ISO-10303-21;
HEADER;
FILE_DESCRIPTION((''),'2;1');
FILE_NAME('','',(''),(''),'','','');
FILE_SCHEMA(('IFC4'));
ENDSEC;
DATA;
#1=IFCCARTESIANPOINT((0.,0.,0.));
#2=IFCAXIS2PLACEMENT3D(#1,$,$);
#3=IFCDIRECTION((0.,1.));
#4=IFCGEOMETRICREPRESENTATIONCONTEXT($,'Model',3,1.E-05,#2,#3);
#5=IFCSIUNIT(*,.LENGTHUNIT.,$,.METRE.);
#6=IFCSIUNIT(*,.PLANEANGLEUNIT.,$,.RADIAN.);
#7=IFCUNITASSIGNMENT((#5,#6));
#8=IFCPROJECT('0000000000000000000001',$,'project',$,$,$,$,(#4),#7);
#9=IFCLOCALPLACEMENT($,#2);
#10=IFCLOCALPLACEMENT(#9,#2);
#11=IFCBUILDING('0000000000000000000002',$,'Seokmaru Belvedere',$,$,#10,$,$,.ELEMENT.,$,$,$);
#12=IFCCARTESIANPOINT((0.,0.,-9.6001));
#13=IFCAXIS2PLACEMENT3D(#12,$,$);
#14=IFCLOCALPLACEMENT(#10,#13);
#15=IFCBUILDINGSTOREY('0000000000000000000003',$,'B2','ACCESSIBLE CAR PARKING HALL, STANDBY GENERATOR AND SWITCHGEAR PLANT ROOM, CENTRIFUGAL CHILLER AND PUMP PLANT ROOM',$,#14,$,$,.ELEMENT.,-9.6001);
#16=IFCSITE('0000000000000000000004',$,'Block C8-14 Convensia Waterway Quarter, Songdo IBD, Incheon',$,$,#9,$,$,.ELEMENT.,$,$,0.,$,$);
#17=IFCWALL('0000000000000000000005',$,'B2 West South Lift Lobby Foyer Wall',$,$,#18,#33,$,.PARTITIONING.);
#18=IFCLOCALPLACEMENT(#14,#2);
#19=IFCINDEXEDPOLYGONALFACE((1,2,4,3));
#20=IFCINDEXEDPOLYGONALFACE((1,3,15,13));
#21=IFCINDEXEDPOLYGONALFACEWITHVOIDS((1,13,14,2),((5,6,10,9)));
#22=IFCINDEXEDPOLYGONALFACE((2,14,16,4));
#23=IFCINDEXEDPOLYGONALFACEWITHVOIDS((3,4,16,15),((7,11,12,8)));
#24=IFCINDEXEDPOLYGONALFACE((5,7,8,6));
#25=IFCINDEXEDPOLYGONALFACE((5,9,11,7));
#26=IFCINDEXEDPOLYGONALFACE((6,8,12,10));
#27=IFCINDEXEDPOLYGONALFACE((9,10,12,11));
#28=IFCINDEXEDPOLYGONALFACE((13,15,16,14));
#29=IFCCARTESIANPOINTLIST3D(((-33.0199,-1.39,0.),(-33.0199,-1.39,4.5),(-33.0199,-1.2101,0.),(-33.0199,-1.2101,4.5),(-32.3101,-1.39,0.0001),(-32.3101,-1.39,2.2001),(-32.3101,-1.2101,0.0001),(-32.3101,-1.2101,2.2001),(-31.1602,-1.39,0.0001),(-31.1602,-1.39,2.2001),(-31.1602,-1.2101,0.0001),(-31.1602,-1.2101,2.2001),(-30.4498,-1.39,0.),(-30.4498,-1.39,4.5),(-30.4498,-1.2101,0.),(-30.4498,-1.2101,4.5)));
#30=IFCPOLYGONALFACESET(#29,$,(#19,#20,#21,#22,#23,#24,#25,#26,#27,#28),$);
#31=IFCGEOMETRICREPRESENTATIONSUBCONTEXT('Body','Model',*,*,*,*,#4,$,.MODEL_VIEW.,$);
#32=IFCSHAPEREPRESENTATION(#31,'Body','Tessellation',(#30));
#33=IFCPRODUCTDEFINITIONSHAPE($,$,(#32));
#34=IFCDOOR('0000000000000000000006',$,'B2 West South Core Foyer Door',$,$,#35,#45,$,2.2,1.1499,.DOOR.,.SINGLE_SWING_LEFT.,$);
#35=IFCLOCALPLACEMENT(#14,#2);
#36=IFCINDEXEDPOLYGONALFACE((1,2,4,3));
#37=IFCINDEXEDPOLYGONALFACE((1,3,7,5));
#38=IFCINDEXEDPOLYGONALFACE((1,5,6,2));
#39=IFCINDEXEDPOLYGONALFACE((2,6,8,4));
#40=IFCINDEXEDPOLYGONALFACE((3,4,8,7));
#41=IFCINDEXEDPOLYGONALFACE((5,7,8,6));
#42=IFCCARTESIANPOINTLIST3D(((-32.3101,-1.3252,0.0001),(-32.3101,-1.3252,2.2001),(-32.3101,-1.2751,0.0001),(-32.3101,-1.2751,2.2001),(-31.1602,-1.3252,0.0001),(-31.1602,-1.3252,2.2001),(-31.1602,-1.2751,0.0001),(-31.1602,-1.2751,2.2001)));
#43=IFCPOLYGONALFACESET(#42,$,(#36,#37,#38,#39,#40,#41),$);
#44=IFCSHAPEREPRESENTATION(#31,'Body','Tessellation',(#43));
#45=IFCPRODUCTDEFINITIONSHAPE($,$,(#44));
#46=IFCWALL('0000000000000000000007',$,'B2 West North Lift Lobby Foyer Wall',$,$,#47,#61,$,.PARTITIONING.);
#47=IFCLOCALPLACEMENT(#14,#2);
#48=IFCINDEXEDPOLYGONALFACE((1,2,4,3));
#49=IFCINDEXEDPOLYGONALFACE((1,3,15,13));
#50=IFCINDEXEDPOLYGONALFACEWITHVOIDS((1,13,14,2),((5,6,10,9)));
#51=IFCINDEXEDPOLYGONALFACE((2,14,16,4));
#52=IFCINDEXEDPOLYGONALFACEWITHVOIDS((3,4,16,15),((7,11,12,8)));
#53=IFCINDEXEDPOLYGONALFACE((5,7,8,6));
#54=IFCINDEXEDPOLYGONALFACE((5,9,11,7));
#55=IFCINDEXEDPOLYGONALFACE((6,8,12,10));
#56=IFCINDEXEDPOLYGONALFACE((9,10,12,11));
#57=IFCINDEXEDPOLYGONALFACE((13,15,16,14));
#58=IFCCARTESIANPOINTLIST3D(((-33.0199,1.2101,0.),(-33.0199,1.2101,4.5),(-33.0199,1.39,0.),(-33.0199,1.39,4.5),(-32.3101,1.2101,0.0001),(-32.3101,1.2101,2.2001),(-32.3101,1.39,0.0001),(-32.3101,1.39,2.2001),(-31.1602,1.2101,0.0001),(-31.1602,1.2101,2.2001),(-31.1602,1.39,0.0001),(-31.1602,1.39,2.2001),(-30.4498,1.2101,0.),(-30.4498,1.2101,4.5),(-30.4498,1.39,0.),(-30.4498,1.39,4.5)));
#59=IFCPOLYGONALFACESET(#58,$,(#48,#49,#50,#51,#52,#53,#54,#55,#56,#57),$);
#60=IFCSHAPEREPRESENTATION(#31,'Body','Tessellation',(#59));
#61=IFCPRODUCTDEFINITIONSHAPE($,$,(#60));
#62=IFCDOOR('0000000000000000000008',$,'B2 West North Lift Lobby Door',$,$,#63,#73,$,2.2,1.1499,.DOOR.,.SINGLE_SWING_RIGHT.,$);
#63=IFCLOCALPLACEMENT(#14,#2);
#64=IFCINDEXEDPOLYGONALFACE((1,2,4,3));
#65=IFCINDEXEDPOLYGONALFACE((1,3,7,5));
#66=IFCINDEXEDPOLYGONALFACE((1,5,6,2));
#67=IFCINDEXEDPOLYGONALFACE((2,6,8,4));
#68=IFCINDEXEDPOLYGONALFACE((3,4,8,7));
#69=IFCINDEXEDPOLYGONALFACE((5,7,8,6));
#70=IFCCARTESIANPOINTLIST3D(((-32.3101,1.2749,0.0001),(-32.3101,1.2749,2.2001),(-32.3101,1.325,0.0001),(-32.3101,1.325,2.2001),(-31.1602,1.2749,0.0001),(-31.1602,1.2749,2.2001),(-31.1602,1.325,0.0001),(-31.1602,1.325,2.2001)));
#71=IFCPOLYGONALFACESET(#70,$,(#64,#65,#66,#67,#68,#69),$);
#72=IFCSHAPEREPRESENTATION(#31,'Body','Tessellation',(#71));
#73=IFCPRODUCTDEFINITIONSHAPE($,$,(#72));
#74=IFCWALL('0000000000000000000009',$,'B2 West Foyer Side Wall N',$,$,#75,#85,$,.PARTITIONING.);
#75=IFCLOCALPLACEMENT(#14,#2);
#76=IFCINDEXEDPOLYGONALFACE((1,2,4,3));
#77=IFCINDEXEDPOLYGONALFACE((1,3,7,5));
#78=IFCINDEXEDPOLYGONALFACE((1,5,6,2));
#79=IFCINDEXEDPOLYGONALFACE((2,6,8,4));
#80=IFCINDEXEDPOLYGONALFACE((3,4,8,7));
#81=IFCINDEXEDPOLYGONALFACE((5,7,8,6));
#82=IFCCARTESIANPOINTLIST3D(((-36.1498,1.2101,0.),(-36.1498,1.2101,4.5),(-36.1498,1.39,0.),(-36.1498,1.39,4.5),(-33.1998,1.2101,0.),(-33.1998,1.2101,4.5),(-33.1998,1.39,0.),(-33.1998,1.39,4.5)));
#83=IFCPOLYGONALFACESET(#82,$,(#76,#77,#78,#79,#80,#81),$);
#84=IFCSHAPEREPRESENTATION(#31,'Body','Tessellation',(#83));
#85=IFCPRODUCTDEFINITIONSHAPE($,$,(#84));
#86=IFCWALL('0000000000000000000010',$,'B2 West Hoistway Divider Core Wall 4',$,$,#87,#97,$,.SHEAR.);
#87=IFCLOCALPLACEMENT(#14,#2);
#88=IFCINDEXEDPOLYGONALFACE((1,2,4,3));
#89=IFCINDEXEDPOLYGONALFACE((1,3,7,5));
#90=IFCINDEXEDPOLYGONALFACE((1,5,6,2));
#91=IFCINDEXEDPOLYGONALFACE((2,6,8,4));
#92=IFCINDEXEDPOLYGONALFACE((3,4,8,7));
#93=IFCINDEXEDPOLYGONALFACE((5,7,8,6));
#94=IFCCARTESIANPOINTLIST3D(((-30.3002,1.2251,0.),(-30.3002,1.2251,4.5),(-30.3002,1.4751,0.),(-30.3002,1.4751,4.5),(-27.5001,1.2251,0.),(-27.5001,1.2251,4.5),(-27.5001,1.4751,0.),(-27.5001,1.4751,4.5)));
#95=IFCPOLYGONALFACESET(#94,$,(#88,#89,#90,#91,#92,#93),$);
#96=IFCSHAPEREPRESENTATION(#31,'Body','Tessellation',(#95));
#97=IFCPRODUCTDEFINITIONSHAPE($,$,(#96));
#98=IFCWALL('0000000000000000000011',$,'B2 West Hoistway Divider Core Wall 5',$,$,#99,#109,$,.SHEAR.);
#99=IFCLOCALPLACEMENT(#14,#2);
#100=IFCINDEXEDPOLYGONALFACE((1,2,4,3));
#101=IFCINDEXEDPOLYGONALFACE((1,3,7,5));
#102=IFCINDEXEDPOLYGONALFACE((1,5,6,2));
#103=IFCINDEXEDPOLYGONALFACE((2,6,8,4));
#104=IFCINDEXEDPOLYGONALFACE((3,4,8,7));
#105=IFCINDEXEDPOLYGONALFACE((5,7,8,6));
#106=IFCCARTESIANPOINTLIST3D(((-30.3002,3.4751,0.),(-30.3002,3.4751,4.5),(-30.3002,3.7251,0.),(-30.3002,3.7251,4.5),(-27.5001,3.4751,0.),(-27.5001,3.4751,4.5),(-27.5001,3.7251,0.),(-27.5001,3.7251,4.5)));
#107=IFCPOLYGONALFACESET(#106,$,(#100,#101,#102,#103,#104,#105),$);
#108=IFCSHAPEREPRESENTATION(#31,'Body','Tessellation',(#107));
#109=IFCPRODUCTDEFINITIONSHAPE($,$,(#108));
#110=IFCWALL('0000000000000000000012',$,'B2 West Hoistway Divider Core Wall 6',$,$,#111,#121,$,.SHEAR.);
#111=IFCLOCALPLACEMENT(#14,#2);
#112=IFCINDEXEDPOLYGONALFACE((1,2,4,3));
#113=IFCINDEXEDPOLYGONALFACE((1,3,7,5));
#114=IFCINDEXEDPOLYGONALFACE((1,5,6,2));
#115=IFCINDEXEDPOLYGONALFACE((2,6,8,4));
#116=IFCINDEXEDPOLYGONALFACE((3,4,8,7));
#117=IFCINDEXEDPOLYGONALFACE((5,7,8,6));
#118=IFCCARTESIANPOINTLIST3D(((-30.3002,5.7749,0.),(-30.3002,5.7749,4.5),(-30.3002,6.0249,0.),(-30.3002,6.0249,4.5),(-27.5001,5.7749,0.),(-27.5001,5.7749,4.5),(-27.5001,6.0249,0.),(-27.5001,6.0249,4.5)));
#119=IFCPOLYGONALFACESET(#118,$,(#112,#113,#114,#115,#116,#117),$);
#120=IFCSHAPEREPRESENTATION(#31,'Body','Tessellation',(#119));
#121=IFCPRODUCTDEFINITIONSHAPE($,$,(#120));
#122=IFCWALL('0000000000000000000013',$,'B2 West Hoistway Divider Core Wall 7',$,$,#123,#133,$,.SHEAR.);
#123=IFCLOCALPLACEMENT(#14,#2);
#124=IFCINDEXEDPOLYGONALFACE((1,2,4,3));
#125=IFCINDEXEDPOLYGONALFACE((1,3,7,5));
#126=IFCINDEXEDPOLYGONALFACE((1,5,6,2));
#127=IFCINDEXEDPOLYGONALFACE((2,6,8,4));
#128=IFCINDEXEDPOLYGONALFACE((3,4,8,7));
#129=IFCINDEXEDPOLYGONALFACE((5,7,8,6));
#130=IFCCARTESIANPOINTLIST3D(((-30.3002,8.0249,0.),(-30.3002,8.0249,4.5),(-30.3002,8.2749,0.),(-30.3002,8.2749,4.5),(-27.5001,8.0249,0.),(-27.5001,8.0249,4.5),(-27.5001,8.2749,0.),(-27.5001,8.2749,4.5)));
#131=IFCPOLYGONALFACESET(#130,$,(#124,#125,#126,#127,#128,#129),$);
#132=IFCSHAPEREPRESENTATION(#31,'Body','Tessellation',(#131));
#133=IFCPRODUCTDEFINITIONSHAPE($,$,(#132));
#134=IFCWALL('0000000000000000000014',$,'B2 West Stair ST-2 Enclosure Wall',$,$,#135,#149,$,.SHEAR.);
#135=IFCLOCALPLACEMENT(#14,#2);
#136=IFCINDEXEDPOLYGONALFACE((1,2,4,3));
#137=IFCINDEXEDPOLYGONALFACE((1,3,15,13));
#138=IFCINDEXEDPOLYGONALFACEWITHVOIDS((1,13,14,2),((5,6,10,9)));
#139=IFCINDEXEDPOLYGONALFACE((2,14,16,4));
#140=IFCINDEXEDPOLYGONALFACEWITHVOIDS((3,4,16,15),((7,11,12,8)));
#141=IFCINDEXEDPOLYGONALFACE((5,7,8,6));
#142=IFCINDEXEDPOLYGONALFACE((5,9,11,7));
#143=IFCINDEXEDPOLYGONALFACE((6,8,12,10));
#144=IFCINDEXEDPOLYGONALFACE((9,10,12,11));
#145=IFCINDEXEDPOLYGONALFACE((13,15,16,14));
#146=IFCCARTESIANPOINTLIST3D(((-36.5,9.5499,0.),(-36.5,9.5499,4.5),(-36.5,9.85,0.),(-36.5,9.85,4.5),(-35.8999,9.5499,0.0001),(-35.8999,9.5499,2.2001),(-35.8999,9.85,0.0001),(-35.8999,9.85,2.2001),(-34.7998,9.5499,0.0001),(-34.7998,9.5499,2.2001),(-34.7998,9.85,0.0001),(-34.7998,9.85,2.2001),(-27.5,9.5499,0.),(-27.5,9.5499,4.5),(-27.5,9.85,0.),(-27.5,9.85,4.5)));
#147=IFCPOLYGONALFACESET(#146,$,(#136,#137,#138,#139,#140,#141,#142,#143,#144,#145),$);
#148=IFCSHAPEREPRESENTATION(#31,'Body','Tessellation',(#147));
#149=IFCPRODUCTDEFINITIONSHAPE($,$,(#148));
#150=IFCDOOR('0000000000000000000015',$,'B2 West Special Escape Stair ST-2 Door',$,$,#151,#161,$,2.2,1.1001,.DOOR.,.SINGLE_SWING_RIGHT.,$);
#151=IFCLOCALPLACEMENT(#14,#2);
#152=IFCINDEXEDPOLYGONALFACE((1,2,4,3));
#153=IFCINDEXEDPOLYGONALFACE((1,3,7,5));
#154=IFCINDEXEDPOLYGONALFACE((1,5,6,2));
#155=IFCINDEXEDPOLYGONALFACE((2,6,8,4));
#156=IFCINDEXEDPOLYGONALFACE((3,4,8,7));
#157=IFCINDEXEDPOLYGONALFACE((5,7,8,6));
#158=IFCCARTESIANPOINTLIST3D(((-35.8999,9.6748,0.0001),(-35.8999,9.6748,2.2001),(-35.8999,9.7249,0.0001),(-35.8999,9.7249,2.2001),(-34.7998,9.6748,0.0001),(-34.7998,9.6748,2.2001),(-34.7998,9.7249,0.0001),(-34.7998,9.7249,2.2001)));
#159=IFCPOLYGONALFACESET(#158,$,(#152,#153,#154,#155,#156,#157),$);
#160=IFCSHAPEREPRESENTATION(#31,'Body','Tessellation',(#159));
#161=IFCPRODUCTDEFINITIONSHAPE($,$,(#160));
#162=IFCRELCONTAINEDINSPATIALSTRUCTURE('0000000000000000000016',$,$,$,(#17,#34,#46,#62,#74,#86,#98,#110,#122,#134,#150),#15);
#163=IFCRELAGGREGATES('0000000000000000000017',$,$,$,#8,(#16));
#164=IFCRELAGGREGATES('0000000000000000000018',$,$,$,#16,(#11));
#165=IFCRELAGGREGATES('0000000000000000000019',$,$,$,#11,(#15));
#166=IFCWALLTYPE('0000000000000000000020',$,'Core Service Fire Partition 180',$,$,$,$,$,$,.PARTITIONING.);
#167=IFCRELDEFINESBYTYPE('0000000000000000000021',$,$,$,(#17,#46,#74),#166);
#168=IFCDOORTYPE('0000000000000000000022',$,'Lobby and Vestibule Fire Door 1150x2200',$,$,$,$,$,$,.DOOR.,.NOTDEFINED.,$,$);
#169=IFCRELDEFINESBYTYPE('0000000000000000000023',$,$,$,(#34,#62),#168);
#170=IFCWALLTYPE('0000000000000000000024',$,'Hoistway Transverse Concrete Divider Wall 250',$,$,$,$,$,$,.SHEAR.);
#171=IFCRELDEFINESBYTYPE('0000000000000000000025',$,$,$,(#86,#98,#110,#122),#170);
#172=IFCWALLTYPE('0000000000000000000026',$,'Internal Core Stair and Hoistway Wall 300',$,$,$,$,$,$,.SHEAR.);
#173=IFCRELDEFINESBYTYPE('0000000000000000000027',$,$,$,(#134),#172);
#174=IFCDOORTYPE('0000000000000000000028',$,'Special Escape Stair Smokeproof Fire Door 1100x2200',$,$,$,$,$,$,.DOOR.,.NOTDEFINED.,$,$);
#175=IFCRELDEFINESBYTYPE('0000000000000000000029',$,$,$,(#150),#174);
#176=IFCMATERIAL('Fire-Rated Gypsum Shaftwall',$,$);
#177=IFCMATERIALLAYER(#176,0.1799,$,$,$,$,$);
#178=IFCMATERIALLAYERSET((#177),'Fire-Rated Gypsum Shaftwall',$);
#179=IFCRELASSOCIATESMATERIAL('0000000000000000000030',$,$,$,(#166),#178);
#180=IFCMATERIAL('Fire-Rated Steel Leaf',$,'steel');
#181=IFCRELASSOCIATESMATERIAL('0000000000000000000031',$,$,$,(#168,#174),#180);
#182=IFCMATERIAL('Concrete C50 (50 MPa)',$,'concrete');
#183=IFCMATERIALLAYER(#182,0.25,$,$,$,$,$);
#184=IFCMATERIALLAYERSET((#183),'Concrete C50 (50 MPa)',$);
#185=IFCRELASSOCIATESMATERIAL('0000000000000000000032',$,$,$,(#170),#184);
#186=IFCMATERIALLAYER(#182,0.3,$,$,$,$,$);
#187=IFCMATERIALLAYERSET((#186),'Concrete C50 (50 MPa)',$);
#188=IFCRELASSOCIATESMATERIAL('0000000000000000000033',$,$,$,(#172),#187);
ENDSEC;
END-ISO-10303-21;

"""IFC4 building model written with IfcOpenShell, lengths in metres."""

from ifc_helpers import new_model, si_unit, direction, frame, frame_2d, origin, place, context, subcontext, project, spatial, rectangle, extrude, source, transform, mapped, material, layer, layer_set, type_object, type_shapes, element, fill, save


model = new_model("IFC4")

# Units and contexts
model_context = context("Model", 3, precision=1e-05, world=origin(), true_north=direction((0.0, 1.0)))
body_context = subcontext(model_context, "Body", "Model", "MODEL_VIEW")
ifc_project = project(units=[si_unit("LENGTHUNIT", "METRE"), si_unit("PLANEANGLEUNIT", "RADIAN")], contexts=[model_context])

# Site, building, storey
site_placement = place(None, origin())
site = spatial("IfcSite", under=ifc_project, at=site_placement, Name="Block C8-14 Convensia Waterway Quarter, Songdo IBD, Incheon", CompositionType="ELEMENT", RefElevation=0.0)
building_placement = place(site_placement, origin())
building = spatial("IfcBuilding", under=site, at=building_placement, Name="Seokmaru Belvedere", CompositionType="ELEMENT")
storey_placement = place(building_placement, frame((0.0, 0.0, -9.6001)))
storey = spatial("IfcBuildingStorey", under=building, at=storey_placement, Name="B2", Description="ACCESSIBLE CAR PARKING HALL, STANDBY GENERATOR AND SWITCHGEAR PLANT ROOM, CENTRIFUGAL CHILLER AND PUMP PLANT ROOM", CompositionType="ELEMENT", Elevation=-9.6001)

# Shared definitions
ifc_material_1 = material(Name="Concrete C50 (50 MPa)", Category="concrete")

# Shared definitions
ifc_material_2 = material(Name="Fire-Rated Gypsum Shaftwall")
ifc_layer_1 = layer(ifc_material_2, 0.1799)
ifc_layer_set_1 = layer_set([ifc_layer_1], Name="Fire-Rated Gypsum Shaftwall")
wall_type_1 = type_object("IfcWallType", Name="Core Service Fire Partition 180", PredefinedType="PARTITIONING", material=ifc_layer_set_1)

# Walls, openings, doors
wall_1_placement = place(storey_placement, frame((-33.02, -1.3, 0.0), z_axis=(0.0, 0.0, 1.0), x_axis=(1.0, 0.0, 0.0)))
wall_1 = element("IfcWall", 1, at=wall_1_placement, inside=storey, type_object=wall_type_1, Name="B2 West South Lift Lobby Foyer Wall", PredefinedType="PARTITIONING", context=body_context, shape_type="SweptSolid", body=[
    extrude(rectangle(XDim=2.5701, YDim=0.1799, at=frame_2d((1.2852, 0.0))), origin(), (0.0, 0.0, 1.0), 4.5),
])
opening_1_placement = place(wall_1_placement, frame((0.71, 0.0, 0.0)))
opening_1 = element("IfcOpeningElement", 2, at=opening_1_placement, cuts=wall_1, PredefinedType="OPENING", context=body_context, shape_type="SweptSolid", body=[
    extrude(rectangle(XDim=1.1499, YDim=2.2, at=frame_2d((0.575, 1.1001))), frame((0.0, 0.1001, 0.0), z_axis=(0.0, -1.0, 0.0), x_axis=(1.0, 0.0, 0.0)), (0.0, 0.0, 1.0), 0.2),
])
ifc_material_3 = material(Name="Fire-Rated Steel Leaf", Category="steel")
door_type_1 = type_object("IfcDoorType", Name="Lobby and Vestibule Fire Door 1150x2200", OperationType="NOTDEFINED", PredefinedType="DOOR", material=ifc_material_3)
shared_shape_1 = source(origin(), body_context, "Body", "SweptSolid", [
    extrude(rectangle(XDim=1.1499, YDim=2.2, at=frame_2d((0.575, 1.1001))), frame((0.0, 0.0249, 0.0), z_axis=(0.0, -1.0, 0.0), x_axis=(1.0, 0.0, 0.0)), (0.0, 0.0, 1.0), 0.05),
])
type_shapes(door_type_1, [shared_shape_1])
door_1_placement = place(opening_1_placement, origin())
door_1 = element("IfcDoor", 3, at=door_1_placement, inside=storey, type_object=door_type_1, Name="B2 West South Core Foyer Door", OperationType="SINGLE_SWING_LEFT", OverallHeight=2.2, OverallWidth=1.1499, PredefinedType="DOOR", context=body_context, shape_type="MappedRepresentation", body=[
    mapped(shared_shape_1, transform((0.0, 0.0, 0.0), scale=1.0)),
])
fill(opening_1, door_1)
wall_2_placement = place(storey_placement, frame((-33.02, 1.3, 0.0), z_axis=(0.0, 0.0, 1.0), x_axis=(1.0, 0.0, 0.0)))
wall_2 = element("IfcWall", 4, at=wall_2_placement, inside=storey, type_object=wall_type_1, Name="B2 West North Lift Lobby Foyer Wall", PredefinedType="PARTITIONING", context=body_context, shape_type="SweptSolid", body=[
    extrude(rectangle(XDim=2.5701, YDim=0.1799, at=frame_2d((1.2852, 0.0))), origin(), (0.0, 0.0, 1.0), 4.5),
])
opening_2_placement = place(wall_2_placement, frame((0.71, 0.0, 0.0)))
opening_2 = element("IfcOpeningElement", 5, at=opening_2_placement, cuts=wall_2, PredefinedType="OPENING", context=body_context, shape_type="SweptSolid", body=[
    extrude(rectangle(XDim=1.1499, YDim=2.2, at=frame_2d((0.575, 1.1001))), frame((0.0, 0.1001, 0.0), z_axis=(0.0, -1.0, 0.0), x_axis=(1.0, 0.0, 0.0)), (0.0, 0.0, 1.0), 0.2),
])
door_2_placement = place(opening_2_placement, origin())
door_2 = element("IfcDoor", 6, at=door_2_placement, inside=storey, type_object=door_type_1, Name="B2 West North Lift Lobby Door", OperationType="SINGLE_SWING_RIGHT", OverallHeight=2.2, OverallWidth=1.1499, PredefinedType="DOOR", context=body_context, shape_type="MappedRepresentation", body=[
    mapped(shared_shape_1, transform((0.0, 0.0, 0.0), scale=1.0)),
])
fill(opening_2, door_2)

# Walls
wall_3_placement = place(storey_placement, frame((-36.1499, 1.3, 0.0), z_axis=(0.0, 0.0, 1.0), x_axis=(1.0, 0.0, 0.0)))
element("IfcWall", 7, at=wall_3_placement, inside=storey, type_object=wall_type_1, Name="B2 West Foyer Side Wall N", PredefinedType="PARTITIONING", context=body_context, shape_type="SweptSolid", body=[
    extrude(rectangle(XDim=2.95, YDim=0.1799, at=frame_2d((1.4751, 0.0))), origin(), (0.0, 0.0, 1.0), 4.5),
])
ifc_layer_2 = layer(ifc_material_1, 0.25)
ifc_layer_set_2 = layer_set([ifc_layer_2], Name="Concrete C50 (50 MPa)")
wall_type_2 = type_object("IfcWallType", Name="Hoistway Transverse Concrete Divider Wall 250", PredefinedType="SHEAR", material=ifc_layer_set_2)
for number, where, z_axis, x_axis, name in (
    (8, (-30.3, 1.3501, 0.0), (0.0, 0.0, 1.0), (1.0, 0.0, 0.0), "B2 West Hoistway Divider Core Wall 4"),
    (9, (-30.3, 3.6001, 0.0), (0.0, 0.0, 1.0), (1.0, 0.0, 0.0), "B2 West Hoistway Divider Core Wall 5"),
    (10, (-30.3, 5.8999, 0.0), (0.0, 0.0, 1.0), (1.0, 0.0, 0.0), "B2 West Hoistway Divider Core Wall 6"),
    (11, (-30.3, 8.1499, 0.0), (0.0, 0.0, 1.0), (1.0, 0.0, 0.0), "B2 West Hoistway Divider Core Wall 7"),
):
    element("IfcWall", number, at=place(storey_placement, frame(where, z_axis=z_axis, x_axis=x_axis)), inside=storey, type_object=wall_type_2, Name=name, PredefinedType="SHEAR", context=body_context, shape_type="SweptSolid", body=[
        extrude(rectangle(XDim=2.8, YDim=0.25, at=frame_2d((1.3999, 0.0))), origin(), (0.0, 0.0, 1.0), 4.5),
    ])

# Wall, opening, door
ifc_layer_3 = layer(ifc_material_1, 0.3)
ifc_layer_set_3 = layer_set([ifc_layer_3], Name="Concrete C50 (50 MPa)")
wall_type_3 = type_object("IfcWallType", Name="Internal Core Stair and Hoistway Wall 300", PredefinedType="SHEAR", material=ifc_layer_set_3)
wall_4_placement = place(storey_placement, frame((-36.5, 9.7, 0.0), z_axis=(0.0, 0.0, 1.0), x_axis=(1.0, 0.0, 0.0)))
wall_4 = element("IfcWall", 12, at=wall_4_placement, inside=storey, type_object=wall_type_3, Name="B2 West Stair ST-2 Enclosure Wall", PredefinedType="SHEAR", context=body_context, shape_type="SweptSolid", body=[
    extrude(rectangle(XDim=9.0, YDim=0.3, at=frame_2d((4.5, 0.0))), origin(), (0.0, 0.0, 1.0), 4.5),
])
opening_3_placement = place(wall_4_placement, frame((0.6001, 0.0, 0.0)))
opening_3 = element("IfcOpeningElement", 13, at=opening_3_placement, cuts=wall_4, PredefinedType="OPENING", context=body_context, shape_type="SweptSolid", body=[
    extrude(rectangle(XDim=1.1001, YDim=2.2, at=frame_2d((0.55, 1.1001))), frame((0.0, 0.1602, 0.0), z_axis=(0.0, -1.0, 0.0), x_axis=(1.0, 0.0, 0.0)), (0.0, 0.0, 1.0), 0.3201),
])
door_type_2 = type_object("IfcDoorType", Name="Special Escape Stair Smokeproof Fire Door 1100x2200", OperationType="NOTDEFINED", PredefinedType="DOOR", material=ifc_material_3)
shared_shape_2 = source(origin(), body_context, "Body", "SweptSolid", [
    extrude(rectangle(XDim=1.1001, YDim=2.2, at=frame_2d((0.55, 1.1001))), frame((0.0, 0.0249, 0.0), z_axis=(0.0, -1.0, 0.0), x_axis=(1.0, 0.0, 0.0)), (0.0, 0.0, 1.0), 0.05),
])
type_shapes(door_type_2, [shared_shape_2])
door_3_placement = place(opening_3_placement, origin())
door_3 = element("IfcDoor", 14, at=door_3_placement, inside=storey, type_object=door_type_2, Name="B2 West Special Escape Stair ST-2 Door", OperationType="SINGLE_SWING_RIGHT", OverallHeight=2.2, OverallWidth=1.1001, PredefinedType="DOOR", context=body_context, shape_type="MappedRepresentation", body=[
    mapped(shared_shape_2, transform((0.0, 0.0, 0.0), scale=1.0)),
])
fill(opening_3, door_3)

save(model, "model.ifc")
